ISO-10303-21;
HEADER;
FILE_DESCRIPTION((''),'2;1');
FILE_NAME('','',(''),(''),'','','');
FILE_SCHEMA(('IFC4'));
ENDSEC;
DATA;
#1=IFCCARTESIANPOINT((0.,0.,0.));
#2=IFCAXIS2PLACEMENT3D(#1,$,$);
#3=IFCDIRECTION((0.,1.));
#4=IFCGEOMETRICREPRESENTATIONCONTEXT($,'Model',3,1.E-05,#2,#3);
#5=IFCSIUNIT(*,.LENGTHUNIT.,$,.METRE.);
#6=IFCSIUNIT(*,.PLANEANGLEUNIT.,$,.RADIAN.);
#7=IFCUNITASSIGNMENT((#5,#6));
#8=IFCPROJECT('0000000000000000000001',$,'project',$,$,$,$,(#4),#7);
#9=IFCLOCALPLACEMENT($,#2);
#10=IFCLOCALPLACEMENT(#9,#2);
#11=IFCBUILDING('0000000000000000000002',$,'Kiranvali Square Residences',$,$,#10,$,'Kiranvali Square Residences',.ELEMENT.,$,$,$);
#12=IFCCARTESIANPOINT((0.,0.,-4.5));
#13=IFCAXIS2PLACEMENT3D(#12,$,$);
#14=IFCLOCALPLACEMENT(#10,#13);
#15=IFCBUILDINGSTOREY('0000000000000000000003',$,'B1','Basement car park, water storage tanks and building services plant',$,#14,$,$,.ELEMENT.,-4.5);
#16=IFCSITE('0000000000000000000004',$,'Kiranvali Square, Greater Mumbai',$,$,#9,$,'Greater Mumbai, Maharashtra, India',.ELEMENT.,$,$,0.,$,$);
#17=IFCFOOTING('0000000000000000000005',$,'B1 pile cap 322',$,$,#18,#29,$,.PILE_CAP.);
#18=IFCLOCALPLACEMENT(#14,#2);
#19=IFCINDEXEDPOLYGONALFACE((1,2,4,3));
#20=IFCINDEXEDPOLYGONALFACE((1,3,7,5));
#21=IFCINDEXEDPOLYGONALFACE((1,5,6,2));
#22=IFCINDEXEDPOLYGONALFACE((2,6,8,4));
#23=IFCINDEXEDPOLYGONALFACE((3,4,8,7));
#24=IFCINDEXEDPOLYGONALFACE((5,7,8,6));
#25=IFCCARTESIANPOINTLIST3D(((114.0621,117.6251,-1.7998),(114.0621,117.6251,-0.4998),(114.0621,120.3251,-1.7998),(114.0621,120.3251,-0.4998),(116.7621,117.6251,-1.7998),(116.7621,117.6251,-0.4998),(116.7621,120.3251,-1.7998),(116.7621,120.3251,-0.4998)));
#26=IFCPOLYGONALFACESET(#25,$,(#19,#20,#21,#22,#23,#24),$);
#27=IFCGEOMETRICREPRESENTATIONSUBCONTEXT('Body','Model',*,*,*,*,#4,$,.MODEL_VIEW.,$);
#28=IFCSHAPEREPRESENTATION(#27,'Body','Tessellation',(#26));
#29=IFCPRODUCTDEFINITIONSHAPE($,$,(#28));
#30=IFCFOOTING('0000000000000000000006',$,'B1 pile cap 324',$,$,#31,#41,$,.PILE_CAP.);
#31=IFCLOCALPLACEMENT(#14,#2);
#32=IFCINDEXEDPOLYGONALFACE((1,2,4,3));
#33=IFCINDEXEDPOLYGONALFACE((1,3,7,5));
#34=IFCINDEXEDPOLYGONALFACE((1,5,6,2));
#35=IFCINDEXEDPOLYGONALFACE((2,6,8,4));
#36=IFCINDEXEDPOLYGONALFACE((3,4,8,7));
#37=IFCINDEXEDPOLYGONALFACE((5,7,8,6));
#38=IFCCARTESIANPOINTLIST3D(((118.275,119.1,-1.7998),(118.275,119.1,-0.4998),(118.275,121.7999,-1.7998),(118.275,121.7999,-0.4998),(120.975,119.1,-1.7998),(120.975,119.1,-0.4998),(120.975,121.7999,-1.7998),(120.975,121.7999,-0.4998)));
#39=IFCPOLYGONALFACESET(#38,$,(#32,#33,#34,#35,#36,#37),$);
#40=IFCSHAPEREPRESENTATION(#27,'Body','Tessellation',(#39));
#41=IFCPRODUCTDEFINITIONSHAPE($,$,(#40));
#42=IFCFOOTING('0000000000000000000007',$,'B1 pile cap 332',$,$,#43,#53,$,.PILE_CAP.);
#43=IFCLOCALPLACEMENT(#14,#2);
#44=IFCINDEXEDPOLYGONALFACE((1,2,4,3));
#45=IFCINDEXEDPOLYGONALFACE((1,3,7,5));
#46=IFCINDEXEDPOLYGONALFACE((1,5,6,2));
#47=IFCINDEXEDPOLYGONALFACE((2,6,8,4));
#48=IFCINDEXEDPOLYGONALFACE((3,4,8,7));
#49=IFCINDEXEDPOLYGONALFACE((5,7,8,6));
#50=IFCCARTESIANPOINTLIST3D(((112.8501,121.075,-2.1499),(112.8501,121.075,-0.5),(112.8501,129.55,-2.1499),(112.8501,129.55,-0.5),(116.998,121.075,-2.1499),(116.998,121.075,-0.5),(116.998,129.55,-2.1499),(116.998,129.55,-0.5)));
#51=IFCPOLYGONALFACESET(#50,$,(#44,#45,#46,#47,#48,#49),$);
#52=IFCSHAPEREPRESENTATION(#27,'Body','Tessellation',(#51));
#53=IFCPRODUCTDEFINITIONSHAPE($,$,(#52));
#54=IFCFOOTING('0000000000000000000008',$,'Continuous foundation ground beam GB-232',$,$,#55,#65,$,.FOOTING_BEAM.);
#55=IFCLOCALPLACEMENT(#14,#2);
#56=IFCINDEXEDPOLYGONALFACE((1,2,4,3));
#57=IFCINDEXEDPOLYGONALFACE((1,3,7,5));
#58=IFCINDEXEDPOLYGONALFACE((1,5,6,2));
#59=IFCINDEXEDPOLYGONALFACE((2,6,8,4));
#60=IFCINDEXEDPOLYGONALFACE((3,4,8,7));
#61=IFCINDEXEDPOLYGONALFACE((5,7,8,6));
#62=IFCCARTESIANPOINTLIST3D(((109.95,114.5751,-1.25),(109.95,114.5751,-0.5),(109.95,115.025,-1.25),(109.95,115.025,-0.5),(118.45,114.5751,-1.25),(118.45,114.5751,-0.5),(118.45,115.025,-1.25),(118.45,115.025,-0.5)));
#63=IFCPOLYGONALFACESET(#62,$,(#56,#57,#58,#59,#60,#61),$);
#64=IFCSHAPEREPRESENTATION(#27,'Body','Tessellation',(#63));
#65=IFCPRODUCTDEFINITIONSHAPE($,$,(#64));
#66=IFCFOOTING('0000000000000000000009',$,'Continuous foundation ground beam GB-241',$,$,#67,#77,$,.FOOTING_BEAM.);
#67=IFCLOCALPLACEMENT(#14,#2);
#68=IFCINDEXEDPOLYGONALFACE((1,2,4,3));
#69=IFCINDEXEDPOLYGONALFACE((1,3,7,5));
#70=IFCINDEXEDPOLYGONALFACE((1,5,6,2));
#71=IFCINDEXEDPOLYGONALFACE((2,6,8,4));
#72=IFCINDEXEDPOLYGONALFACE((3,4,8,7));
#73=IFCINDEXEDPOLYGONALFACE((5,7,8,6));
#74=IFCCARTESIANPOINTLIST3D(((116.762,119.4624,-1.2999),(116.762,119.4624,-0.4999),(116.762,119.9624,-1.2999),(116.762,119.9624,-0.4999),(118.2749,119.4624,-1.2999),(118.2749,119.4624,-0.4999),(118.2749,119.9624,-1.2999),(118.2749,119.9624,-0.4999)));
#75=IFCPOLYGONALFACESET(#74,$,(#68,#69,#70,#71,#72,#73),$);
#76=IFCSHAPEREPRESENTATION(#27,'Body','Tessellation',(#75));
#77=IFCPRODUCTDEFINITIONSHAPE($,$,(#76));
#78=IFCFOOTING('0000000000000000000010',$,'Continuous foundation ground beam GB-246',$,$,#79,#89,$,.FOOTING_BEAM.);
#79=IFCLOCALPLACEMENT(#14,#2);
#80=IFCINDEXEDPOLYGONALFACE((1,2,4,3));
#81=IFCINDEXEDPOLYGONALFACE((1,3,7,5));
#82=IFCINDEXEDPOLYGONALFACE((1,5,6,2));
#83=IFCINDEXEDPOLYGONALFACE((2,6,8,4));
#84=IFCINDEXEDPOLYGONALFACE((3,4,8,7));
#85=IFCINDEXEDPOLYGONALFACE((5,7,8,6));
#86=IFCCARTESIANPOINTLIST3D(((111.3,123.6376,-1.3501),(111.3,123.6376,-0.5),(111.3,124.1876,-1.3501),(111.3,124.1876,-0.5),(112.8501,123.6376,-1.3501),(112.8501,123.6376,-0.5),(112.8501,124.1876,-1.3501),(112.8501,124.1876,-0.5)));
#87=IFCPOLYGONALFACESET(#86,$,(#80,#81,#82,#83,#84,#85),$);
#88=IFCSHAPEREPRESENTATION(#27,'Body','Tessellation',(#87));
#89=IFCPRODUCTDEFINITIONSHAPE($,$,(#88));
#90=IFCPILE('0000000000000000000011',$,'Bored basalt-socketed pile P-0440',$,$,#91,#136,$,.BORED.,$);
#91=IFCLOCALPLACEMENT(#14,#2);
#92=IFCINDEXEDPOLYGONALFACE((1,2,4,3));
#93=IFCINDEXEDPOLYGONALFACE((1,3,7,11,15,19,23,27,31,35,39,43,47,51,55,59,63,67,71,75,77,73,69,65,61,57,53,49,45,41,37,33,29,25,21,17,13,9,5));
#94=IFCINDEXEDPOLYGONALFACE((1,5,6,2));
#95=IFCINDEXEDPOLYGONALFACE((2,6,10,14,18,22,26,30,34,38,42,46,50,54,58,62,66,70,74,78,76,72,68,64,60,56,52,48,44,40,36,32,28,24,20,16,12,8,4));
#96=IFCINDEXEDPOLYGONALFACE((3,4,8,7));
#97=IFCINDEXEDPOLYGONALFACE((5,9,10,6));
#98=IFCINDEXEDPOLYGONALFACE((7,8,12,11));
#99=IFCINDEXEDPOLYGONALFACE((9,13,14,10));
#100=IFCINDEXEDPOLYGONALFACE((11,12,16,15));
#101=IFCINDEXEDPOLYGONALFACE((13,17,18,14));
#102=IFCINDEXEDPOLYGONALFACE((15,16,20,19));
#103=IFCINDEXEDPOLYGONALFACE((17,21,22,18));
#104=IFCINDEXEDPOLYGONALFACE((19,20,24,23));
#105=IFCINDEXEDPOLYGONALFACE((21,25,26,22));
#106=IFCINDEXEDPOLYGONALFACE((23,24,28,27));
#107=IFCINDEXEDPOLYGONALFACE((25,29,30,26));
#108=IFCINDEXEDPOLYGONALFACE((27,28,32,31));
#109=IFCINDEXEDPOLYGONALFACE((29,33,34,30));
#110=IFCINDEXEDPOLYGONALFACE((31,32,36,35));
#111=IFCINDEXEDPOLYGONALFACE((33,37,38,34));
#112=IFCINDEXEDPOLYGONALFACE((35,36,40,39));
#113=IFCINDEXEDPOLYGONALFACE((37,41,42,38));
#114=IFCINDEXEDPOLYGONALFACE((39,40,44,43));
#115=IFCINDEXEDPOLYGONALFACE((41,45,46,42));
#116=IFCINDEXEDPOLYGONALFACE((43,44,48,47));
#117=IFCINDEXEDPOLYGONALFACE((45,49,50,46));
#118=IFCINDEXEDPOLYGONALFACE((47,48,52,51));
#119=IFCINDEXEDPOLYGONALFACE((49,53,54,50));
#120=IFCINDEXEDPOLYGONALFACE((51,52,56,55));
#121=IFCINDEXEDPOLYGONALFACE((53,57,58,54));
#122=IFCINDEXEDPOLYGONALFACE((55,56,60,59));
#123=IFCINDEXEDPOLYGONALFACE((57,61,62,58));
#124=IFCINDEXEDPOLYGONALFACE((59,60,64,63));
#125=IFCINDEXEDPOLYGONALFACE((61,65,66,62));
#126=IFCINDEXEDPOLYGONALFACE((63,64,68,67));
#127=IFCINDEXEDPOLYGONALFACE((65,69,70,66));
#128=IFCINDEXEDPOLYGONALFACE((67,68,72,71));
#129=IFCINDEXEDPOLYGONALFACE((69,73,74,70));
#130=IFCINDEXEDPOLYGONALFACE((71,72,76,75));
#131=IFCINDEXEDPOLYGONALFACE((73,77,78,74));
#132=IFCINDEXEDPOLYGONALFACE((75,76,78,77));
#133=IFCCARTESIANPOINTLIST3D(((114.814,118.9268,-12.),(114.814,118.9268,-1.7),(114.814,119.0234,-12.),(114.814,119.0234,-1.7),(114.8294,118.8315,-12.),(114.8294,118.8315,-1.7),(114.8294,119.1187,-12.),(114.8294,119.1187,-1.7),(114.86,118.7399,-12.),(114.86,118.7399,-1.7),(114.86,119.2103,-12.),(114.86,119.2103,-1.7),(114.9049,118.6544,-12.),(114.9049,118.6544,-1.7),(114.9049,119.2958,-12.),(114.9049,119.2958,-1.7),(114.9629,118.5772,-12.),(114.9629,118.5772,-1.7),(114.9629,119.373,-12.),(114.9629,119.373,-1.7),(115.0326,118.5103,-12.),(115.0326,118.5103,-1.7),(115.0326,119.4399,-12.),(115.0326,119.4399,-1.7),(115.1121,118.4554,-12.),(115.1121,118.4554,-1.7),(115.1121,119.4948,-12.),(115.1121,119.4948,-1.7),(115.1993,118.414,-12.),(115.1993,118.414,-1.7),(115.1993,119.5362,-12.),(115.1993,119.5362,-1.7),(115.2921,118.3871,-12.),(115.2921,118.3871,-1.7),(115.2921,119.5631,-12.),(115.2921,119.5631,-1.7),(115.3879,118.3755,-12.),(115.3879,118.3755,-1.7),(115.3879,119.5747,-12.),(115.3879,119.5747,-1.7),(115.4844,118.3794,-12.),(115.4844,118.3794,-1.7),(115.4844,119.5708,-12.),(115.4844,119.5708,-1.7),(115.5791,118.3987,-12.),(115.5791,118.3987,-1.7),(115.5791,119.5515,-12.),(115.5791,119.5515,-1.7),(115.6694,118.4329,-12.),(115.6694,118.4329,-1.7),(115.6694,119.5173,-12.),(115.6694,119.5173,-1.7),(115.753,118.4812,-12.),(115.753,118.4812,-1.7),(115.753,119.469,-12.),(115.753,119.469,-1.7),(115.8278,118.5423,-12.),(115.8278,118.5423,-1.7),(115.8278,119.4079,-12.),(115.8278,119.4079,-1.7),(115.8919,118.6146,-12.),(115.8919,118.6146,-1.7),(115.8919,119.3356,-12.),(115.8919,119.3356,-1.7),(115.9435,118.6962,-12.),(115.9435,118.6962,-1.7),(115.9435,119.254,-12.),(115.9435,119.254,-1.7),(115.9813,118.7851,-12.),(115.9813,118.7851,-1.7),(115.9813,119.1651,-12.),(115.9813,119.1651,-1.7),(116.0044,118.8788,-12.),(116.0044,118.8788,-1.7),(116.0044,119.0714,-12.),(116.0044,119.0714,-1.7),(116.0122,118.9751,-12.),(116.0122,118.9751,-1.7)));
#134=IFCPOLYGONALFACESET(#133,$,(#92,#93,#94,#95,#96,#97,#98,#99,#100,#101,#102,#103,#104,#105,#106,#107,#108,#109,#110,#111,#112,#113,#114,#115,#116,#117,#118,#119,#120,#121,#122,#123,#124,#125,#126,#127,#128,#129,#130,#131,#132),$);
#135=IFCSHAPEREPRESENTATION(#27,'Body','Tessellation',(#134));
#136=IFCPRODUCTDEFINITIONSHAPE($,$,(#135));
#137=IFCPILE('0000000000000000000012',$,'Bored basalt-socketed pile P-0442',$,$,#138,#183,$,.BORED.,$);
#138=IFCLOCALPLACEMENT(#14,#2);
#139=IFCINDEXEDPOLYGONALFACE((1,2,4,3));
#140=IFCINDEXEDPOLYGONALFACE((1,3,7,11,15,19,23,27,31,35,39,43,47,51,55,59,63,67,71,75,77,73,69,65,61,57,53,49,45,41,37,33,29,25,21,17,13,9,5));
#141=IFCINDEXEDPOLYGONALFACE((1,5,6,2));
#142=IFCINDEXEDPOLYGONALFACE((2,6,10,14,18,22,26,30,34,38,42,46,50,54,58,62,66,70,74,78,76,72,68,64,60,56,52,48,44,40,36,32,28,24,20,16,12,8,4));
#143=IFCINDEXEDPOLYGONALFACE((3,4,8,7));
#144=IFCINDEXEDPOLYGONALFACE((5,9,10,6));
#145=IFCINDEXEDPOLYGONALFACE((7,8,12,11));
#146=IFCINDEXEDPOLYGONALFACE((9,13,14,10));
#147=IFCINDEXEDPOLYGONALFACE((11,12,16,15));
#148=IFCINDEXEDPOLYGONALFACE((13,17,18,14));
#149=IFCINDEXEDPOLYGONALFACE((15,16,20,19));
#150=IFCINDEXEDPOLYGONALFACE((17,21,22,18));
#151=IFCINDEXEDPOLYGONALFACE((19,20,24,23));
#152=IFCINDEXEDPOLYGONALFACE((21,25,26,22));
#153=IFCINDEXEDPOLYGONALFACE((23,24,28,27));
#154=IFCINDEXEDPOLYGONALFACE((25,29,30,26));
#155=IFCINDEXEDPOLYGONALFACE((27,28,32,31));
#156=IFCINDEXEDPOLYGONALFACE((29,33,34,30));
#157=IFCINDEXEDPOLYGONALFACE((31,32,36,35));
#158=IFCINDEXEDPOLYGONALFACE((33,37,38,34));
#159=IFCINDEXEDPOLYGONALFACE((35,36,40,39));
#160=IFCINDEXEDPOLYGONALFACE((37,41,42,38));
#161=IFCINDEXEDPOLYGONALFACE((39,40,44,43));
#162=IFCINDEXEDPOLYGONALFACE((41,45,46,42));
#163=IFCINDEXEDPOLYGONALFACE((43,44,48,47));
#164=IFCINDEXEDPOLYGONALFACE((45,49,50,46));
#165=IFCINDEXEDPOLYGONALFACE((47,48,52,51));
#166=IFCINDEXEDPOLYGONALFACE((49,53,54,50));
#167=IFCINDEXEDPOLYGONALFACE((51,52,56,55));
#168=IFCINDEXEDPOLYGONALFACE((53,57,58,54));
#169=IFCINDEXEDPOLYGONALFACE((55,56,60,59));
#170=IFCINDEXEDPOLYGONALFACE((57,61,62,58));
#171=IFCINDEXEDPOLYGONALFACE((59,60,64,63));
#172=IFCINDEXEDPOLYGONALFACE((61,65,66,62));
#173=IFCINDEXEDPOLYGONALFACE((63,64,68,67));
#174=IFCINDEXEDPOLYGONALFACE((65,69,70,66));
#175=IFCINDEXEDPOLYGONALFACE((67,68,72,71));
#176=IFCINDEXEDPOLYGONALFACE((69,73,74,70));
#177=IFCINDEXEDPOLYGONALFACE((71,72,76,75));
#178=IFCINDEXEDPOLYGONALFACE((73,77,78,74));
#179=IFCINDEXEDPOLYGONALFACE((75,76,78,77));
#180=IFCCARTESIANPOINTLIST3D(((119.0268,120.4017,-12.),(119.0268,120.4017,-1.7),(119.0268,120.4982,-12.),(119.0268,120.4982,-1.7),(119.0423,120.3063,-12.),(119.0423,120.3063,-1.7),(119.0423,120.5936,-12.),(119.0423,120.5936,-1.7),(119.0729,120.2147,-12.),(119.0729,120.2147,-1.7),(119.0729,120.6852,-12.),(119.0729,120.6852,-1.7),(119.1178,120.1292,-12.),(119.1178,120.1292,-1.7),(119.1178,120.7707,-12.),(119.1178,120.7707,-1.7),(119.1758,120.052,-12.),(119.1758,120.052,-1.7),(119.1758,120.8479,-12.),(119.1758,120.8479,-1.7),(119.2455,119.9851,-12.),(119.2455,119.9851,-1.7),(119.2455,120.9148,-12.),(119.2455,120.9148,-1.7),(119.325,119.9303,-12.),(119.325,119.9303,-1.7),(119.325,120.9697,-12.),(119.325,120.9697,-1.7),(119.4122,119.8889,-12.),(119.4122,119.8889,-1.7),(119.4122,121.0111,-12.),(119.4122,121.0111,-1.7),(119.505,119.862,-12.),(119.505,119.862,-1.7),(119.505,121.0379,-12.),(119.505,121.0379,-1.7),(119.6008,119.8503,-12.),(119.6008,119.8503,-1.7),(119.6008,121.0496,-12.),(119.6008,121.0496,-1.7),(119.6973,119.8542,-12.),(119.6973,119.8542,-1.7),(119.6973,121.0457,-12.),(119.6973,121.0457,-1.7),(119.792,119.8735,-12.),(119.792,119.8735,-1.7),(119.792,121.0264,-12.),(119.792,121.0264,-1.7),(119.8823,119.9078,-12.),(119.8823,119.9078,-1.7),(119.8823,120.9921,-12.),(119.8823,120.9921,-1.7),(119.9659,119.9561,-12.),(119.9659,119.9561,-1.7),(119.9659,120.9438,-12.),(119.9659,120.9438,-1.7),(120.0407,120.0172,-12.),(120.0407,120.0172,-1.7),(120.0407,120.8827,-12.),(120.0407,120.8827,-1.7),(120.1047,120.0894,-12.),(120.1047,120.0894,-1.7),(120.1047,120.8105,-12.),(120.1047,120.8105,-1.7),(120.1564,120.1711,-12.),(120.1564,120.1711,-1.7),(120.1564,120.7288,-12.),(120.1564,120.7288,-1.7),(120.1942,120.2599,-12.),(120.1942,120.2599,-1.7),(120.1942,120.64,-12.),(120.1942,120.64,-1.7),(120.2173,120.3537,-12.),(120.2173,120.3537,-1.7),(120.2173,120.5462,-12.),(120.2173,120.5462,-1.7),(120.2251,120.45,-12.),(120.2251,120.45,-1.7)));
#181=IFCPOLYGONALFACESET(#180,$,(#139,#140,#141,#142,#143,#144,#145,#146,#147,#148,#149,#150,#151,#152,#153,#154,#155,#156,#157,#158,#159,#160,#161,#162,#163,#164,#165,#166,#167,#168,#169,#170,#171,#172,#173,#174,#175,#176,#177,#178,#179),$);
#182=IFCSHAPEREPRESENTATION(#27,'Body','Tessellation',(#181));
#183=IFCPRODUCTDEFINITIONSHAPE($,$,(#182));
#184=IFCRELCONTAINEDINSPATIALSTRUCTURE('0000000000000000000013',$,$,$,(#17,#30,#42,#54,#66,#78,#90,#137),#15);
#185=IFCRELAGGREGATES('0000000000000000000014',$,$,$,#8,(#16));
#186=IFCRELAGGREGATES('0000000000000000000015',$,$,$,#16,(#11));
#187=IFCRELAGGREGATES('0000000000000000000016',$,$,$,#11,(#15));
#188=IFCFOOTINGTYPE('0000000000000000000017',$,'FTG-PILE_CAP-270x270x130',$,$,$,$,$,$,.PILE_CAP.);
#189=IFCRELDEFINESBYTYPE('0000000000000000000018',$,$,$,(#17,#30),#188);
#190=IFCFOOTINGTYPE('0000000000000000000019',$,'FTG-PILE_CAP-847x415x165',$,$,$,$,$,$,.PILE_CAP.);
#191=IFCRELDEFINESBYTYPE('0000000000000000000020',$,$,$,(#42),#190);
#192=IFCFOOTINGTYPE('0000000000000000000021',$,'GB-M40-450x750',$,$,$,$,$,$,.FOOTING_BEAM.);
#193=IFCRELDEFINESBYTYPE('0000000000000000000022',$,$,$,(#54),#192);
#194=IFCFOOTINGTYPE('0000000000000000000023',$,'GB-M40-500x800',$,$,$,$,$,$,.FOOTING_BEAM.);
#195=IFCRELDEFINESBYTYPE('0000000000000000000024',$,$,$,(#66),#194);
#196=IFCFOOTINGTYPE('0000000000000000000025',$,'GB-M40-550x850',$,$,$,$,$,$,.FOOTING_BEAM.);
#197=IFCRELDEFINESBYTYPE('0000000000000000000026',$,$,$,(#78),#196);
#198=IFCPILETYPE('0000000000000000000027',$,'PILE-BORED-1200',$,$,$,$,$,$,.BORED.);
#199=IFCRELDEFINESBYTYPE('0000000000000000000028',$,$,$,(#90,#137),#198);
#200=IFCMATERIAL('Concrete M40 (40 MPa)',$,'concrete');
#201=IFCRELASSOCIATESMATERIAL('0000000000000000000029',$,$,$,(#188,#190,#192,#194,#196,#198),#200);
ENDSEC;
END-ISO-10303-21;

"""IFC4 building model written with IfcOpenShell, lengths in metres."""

from ifc_helpers import new_model, si_unit, direction, frame, origin, origin_2d, place, context, subcontext, project, spatial, rectangle, circle, extrude, material, material_profile, profile_set, type_object, element, save


model = new_model("IFC4")

# Units and contexts
model_context = context("Model", 3, precision=1e-05, world=origin(), true_north=direction((0.0, 1.0)))
body_context = subcontext(model_context, "Body", "Model", "MODEL_VIEW")
ifc_project = project(units=[si_unit("LENGTHUNIT", "METRE"), si_unit("PLANEANGLEUNIT", "RADIAN")], contexts=[model_context])

# Site, building, storey
site_placement = place(None, origin())
site = spatial("IfcSite", under=ifc_project, at=site_placement, Name="Kiranvali Square, Greater Mumbai", LongName="Greater Mumbai, Maharashtra, India", CompositionType="ELEMENT", RefElevation=0.0)
building_placement = place(site_placement, origin())
building = spatial("IfcBuilding", under=site, at=building_placement, Name="Kiranvali Square Residences", LongName="Kiranvali Square Residences", CompositionType="ELEMENT")
storey_placement = place(building_placement, frame((0.0, 0.0, -4.5)))
storey = spatial("IfcBuildingStorey", under=building, at=storey_placement, Name="B1", Description="Basement car park, water storage tanks and building services plant", CompositionType="ELEMENT", Elevation=-4.5)

# Footings
ifc_material_1 = material(Name="Concrete M40 (40 MPa)", Category="concrete")
footing_type_1 = type_object("IfcFootingType", Name="FTG-PILE_CAP-270x270x130", PredefinedType="PILE_CAP", material=ifc_material_1)
for number, where, z_axis, x_axis, name in (
    (1, (115.4121, 118.9751, -1.7998), (0.0, 0.0, 1.0), (1.0, 0.0, 0.0), "B1 pile cap 322"),
    (2, (119.625, 120.45, -1.7998), (0.0, 0.0, 1.0), (1.0, 0.0, 0.0), "B1 pile cap 324"),
):
    element("IfcFooting", number, at=place(storey_placement, frame(where, z_axis=z_axis, x_axis=x_axis)), inside=storey, type_object=footing_type_1, Name=name, PredefinedType="PILE_CAP", context=body_context, shape_type="SweptSolid", body=[
        extrude(rectangle(XDim=2.7, YDim=2.7, at=origin_2d()), origin(), (0.0, 0.0, 1.0), 1.3),
    ])
footing_type_2 = type_object("IfcFootingType", Name="FTG-PILE_CAP-847x415x165", PredefinedType="PILE_CAP", material=ifc_material_1)
footing_1_placement = place(storey_placement, frame((114.9241, 125.3125, -2.1499), z_axis=(0.0, 0.0, 1.0), x_axis=(0.0, 1.0, 0.0)))
element("IfcFooting", 3, at=footing_1_placement, inside=storey, type_object=footing_type_2, Name="B1 pile cap 332", PredefinedType="PILE_CAP", context=body_context, shape_type="SweptSolid", body=[
    extrude(rectangle(XDim=8.4751, YDim=4.1479, at=origin_2d()), origin(), (0.0, 0.0, 1.0), 1.6499),
])
ifc_material_profile_1 = material_profile(ifc_material_1, rectangle(XDim=0.45, YDim=0.75, at=origin_2d()), Name="GB 450x750")
ifc_profile_set_1 = profile_set([ifc_material_profile_1], Name="Concrete M40 (40 MPa)")
footing_type_3 = type_object("IfcFootingType", Name="GB-M40-450x750", PredefinedType="FOOTING_BEAM", material=ifc_profile_set_1)
footing_2_placement = place(storey_placement, frame((109.95, 114.8, -0.875), z_axis=(1.0, 0.0, 0.0), x_axis=(0.0, 1.0, 0.0)))
element("IfcFooting", 4, at=footing_2_placement, inside=storey, type_object=footing_type_3, Name="Continuous foundation ground beam GB-232", PredefinedType="FOOTING_BEAM", context=body_context, shape_type="SweptSolid", body=[
    extrude(rectangle(XDim=0.45, YDim=0.75, at=origin_2d()), origin(), (0.0, 0.0, 1.0), 8.5),
])
ifc_material_profile_2 = material_profile(ifc_material_1, rectangle(XDim=0.5, YDim=0.8, at=origin_2d()), Name="GB 500x800")
ifc_profile_set_2 = profile_set([ifc_material_profile_2], Name="Concrete M40 (40 MPa)")
footing_type_4 = type_object("IfcFootingType", Name="GB-M40-500x800", PredefinedType="FOOTING_BEAM", material=ifc_profile_set_2)
footing_3_placement = place(storey_placement, frame((116.762, 119.7124, -0.8999), z_axis=(1.0, 0.0, 0.0), x_axis=(0.0, 1.0, 0.0)))
element("IfcFooting", 5, at=footing_3_placement, inside=storey, type_object=footing_type_4, Name="Continuous foundation ground beam GB-241", PredefinedType="FOOTING_BEAM", context=body_context, shape_type="SweptSolid", body=[
    extrude(rectangle(XDim=0.5, YDim=0.8, at=origin_2d()), origin(), (0.0, 0.0, 1.0), 1.5129),
])
ifc_material_profile_3 = material_profile(ifc_material_1, rectangle(XDim=0.55, YDim=0.8501, at=origin_2d()), Name="GB 550x850")
ifc_profile_set_3 = profile_set([ifc_material_profile_3], Name="Concrete M40 (40 MPa)")
footing_type_5 = type_object("IfcFootingType", Name="GB-M40-550x850", PredefinedType="FOOTING_BEAM", material=ifc_profile_set_3)
footing_4_placement = place(storey_placement, frame((111.3, 123.9126, -0.925), z_axis=(1.0, 0.0, 0.0), x_axis=(0.0, 1.0, 0.0)))
element("IfcFooting", 6, at=footing_4_placement, inside=storey, type_object=footing_type_5, Name="Continuous foundation ground beam GB-246", PredefinedType="FOOTING_BEAM", context=body_context, shape_type="SweptSolid", body=[
    extrude(rectangle(XDim=0.55, YDim=0.8501, at=origin_2d()), origin(), (0.0, 0.0, 1.0), 1.55),
])

# Piles
ifc_material_profile_4 = material_profile(ifc_material_1, circle(Radius=0.6001, at=origin_2d()), Name="BORED PILE 1200")
ifc_profile_set_4 = profile_set([ifc_material_profile_4], Name="Concrete M40 (40 MPa)")
pile_type = type_object("IfcPileType", Name="PILE-BORED-1200", PredefinedType="BORED", material=ifc_profile_set_4)
for number, where, z_axis, x_axis, name in (
    (7, (115.4121, 118.9751, -1.7), (0.0, 0.0, -1.0), (1.0, 0.0, 0.0), "Bored basalt-socketed pile P-0440"),
    (8, (119.625, 120.45, -1.7), (0.0, 0.0, -1.0), (1.0, 0.0, 0.0), "Bored basalt-socketed pile P-0442"),
):
    element("IfcPile", number, at=place(storey_placement, frame(where, z_axis=z_axis, x_axis=x_axis)), inside=storey, type_object=pile_type, Name=name, PredefinedType="BORED", context=body_context, shape_type="SweptSolid", body=[
        extrude(circle(Radius=0.6001, at=origin_2d()), origin(), (0.0, 0.0, 1.0), 10.3),
    ])

save(model, "model.ifc")
